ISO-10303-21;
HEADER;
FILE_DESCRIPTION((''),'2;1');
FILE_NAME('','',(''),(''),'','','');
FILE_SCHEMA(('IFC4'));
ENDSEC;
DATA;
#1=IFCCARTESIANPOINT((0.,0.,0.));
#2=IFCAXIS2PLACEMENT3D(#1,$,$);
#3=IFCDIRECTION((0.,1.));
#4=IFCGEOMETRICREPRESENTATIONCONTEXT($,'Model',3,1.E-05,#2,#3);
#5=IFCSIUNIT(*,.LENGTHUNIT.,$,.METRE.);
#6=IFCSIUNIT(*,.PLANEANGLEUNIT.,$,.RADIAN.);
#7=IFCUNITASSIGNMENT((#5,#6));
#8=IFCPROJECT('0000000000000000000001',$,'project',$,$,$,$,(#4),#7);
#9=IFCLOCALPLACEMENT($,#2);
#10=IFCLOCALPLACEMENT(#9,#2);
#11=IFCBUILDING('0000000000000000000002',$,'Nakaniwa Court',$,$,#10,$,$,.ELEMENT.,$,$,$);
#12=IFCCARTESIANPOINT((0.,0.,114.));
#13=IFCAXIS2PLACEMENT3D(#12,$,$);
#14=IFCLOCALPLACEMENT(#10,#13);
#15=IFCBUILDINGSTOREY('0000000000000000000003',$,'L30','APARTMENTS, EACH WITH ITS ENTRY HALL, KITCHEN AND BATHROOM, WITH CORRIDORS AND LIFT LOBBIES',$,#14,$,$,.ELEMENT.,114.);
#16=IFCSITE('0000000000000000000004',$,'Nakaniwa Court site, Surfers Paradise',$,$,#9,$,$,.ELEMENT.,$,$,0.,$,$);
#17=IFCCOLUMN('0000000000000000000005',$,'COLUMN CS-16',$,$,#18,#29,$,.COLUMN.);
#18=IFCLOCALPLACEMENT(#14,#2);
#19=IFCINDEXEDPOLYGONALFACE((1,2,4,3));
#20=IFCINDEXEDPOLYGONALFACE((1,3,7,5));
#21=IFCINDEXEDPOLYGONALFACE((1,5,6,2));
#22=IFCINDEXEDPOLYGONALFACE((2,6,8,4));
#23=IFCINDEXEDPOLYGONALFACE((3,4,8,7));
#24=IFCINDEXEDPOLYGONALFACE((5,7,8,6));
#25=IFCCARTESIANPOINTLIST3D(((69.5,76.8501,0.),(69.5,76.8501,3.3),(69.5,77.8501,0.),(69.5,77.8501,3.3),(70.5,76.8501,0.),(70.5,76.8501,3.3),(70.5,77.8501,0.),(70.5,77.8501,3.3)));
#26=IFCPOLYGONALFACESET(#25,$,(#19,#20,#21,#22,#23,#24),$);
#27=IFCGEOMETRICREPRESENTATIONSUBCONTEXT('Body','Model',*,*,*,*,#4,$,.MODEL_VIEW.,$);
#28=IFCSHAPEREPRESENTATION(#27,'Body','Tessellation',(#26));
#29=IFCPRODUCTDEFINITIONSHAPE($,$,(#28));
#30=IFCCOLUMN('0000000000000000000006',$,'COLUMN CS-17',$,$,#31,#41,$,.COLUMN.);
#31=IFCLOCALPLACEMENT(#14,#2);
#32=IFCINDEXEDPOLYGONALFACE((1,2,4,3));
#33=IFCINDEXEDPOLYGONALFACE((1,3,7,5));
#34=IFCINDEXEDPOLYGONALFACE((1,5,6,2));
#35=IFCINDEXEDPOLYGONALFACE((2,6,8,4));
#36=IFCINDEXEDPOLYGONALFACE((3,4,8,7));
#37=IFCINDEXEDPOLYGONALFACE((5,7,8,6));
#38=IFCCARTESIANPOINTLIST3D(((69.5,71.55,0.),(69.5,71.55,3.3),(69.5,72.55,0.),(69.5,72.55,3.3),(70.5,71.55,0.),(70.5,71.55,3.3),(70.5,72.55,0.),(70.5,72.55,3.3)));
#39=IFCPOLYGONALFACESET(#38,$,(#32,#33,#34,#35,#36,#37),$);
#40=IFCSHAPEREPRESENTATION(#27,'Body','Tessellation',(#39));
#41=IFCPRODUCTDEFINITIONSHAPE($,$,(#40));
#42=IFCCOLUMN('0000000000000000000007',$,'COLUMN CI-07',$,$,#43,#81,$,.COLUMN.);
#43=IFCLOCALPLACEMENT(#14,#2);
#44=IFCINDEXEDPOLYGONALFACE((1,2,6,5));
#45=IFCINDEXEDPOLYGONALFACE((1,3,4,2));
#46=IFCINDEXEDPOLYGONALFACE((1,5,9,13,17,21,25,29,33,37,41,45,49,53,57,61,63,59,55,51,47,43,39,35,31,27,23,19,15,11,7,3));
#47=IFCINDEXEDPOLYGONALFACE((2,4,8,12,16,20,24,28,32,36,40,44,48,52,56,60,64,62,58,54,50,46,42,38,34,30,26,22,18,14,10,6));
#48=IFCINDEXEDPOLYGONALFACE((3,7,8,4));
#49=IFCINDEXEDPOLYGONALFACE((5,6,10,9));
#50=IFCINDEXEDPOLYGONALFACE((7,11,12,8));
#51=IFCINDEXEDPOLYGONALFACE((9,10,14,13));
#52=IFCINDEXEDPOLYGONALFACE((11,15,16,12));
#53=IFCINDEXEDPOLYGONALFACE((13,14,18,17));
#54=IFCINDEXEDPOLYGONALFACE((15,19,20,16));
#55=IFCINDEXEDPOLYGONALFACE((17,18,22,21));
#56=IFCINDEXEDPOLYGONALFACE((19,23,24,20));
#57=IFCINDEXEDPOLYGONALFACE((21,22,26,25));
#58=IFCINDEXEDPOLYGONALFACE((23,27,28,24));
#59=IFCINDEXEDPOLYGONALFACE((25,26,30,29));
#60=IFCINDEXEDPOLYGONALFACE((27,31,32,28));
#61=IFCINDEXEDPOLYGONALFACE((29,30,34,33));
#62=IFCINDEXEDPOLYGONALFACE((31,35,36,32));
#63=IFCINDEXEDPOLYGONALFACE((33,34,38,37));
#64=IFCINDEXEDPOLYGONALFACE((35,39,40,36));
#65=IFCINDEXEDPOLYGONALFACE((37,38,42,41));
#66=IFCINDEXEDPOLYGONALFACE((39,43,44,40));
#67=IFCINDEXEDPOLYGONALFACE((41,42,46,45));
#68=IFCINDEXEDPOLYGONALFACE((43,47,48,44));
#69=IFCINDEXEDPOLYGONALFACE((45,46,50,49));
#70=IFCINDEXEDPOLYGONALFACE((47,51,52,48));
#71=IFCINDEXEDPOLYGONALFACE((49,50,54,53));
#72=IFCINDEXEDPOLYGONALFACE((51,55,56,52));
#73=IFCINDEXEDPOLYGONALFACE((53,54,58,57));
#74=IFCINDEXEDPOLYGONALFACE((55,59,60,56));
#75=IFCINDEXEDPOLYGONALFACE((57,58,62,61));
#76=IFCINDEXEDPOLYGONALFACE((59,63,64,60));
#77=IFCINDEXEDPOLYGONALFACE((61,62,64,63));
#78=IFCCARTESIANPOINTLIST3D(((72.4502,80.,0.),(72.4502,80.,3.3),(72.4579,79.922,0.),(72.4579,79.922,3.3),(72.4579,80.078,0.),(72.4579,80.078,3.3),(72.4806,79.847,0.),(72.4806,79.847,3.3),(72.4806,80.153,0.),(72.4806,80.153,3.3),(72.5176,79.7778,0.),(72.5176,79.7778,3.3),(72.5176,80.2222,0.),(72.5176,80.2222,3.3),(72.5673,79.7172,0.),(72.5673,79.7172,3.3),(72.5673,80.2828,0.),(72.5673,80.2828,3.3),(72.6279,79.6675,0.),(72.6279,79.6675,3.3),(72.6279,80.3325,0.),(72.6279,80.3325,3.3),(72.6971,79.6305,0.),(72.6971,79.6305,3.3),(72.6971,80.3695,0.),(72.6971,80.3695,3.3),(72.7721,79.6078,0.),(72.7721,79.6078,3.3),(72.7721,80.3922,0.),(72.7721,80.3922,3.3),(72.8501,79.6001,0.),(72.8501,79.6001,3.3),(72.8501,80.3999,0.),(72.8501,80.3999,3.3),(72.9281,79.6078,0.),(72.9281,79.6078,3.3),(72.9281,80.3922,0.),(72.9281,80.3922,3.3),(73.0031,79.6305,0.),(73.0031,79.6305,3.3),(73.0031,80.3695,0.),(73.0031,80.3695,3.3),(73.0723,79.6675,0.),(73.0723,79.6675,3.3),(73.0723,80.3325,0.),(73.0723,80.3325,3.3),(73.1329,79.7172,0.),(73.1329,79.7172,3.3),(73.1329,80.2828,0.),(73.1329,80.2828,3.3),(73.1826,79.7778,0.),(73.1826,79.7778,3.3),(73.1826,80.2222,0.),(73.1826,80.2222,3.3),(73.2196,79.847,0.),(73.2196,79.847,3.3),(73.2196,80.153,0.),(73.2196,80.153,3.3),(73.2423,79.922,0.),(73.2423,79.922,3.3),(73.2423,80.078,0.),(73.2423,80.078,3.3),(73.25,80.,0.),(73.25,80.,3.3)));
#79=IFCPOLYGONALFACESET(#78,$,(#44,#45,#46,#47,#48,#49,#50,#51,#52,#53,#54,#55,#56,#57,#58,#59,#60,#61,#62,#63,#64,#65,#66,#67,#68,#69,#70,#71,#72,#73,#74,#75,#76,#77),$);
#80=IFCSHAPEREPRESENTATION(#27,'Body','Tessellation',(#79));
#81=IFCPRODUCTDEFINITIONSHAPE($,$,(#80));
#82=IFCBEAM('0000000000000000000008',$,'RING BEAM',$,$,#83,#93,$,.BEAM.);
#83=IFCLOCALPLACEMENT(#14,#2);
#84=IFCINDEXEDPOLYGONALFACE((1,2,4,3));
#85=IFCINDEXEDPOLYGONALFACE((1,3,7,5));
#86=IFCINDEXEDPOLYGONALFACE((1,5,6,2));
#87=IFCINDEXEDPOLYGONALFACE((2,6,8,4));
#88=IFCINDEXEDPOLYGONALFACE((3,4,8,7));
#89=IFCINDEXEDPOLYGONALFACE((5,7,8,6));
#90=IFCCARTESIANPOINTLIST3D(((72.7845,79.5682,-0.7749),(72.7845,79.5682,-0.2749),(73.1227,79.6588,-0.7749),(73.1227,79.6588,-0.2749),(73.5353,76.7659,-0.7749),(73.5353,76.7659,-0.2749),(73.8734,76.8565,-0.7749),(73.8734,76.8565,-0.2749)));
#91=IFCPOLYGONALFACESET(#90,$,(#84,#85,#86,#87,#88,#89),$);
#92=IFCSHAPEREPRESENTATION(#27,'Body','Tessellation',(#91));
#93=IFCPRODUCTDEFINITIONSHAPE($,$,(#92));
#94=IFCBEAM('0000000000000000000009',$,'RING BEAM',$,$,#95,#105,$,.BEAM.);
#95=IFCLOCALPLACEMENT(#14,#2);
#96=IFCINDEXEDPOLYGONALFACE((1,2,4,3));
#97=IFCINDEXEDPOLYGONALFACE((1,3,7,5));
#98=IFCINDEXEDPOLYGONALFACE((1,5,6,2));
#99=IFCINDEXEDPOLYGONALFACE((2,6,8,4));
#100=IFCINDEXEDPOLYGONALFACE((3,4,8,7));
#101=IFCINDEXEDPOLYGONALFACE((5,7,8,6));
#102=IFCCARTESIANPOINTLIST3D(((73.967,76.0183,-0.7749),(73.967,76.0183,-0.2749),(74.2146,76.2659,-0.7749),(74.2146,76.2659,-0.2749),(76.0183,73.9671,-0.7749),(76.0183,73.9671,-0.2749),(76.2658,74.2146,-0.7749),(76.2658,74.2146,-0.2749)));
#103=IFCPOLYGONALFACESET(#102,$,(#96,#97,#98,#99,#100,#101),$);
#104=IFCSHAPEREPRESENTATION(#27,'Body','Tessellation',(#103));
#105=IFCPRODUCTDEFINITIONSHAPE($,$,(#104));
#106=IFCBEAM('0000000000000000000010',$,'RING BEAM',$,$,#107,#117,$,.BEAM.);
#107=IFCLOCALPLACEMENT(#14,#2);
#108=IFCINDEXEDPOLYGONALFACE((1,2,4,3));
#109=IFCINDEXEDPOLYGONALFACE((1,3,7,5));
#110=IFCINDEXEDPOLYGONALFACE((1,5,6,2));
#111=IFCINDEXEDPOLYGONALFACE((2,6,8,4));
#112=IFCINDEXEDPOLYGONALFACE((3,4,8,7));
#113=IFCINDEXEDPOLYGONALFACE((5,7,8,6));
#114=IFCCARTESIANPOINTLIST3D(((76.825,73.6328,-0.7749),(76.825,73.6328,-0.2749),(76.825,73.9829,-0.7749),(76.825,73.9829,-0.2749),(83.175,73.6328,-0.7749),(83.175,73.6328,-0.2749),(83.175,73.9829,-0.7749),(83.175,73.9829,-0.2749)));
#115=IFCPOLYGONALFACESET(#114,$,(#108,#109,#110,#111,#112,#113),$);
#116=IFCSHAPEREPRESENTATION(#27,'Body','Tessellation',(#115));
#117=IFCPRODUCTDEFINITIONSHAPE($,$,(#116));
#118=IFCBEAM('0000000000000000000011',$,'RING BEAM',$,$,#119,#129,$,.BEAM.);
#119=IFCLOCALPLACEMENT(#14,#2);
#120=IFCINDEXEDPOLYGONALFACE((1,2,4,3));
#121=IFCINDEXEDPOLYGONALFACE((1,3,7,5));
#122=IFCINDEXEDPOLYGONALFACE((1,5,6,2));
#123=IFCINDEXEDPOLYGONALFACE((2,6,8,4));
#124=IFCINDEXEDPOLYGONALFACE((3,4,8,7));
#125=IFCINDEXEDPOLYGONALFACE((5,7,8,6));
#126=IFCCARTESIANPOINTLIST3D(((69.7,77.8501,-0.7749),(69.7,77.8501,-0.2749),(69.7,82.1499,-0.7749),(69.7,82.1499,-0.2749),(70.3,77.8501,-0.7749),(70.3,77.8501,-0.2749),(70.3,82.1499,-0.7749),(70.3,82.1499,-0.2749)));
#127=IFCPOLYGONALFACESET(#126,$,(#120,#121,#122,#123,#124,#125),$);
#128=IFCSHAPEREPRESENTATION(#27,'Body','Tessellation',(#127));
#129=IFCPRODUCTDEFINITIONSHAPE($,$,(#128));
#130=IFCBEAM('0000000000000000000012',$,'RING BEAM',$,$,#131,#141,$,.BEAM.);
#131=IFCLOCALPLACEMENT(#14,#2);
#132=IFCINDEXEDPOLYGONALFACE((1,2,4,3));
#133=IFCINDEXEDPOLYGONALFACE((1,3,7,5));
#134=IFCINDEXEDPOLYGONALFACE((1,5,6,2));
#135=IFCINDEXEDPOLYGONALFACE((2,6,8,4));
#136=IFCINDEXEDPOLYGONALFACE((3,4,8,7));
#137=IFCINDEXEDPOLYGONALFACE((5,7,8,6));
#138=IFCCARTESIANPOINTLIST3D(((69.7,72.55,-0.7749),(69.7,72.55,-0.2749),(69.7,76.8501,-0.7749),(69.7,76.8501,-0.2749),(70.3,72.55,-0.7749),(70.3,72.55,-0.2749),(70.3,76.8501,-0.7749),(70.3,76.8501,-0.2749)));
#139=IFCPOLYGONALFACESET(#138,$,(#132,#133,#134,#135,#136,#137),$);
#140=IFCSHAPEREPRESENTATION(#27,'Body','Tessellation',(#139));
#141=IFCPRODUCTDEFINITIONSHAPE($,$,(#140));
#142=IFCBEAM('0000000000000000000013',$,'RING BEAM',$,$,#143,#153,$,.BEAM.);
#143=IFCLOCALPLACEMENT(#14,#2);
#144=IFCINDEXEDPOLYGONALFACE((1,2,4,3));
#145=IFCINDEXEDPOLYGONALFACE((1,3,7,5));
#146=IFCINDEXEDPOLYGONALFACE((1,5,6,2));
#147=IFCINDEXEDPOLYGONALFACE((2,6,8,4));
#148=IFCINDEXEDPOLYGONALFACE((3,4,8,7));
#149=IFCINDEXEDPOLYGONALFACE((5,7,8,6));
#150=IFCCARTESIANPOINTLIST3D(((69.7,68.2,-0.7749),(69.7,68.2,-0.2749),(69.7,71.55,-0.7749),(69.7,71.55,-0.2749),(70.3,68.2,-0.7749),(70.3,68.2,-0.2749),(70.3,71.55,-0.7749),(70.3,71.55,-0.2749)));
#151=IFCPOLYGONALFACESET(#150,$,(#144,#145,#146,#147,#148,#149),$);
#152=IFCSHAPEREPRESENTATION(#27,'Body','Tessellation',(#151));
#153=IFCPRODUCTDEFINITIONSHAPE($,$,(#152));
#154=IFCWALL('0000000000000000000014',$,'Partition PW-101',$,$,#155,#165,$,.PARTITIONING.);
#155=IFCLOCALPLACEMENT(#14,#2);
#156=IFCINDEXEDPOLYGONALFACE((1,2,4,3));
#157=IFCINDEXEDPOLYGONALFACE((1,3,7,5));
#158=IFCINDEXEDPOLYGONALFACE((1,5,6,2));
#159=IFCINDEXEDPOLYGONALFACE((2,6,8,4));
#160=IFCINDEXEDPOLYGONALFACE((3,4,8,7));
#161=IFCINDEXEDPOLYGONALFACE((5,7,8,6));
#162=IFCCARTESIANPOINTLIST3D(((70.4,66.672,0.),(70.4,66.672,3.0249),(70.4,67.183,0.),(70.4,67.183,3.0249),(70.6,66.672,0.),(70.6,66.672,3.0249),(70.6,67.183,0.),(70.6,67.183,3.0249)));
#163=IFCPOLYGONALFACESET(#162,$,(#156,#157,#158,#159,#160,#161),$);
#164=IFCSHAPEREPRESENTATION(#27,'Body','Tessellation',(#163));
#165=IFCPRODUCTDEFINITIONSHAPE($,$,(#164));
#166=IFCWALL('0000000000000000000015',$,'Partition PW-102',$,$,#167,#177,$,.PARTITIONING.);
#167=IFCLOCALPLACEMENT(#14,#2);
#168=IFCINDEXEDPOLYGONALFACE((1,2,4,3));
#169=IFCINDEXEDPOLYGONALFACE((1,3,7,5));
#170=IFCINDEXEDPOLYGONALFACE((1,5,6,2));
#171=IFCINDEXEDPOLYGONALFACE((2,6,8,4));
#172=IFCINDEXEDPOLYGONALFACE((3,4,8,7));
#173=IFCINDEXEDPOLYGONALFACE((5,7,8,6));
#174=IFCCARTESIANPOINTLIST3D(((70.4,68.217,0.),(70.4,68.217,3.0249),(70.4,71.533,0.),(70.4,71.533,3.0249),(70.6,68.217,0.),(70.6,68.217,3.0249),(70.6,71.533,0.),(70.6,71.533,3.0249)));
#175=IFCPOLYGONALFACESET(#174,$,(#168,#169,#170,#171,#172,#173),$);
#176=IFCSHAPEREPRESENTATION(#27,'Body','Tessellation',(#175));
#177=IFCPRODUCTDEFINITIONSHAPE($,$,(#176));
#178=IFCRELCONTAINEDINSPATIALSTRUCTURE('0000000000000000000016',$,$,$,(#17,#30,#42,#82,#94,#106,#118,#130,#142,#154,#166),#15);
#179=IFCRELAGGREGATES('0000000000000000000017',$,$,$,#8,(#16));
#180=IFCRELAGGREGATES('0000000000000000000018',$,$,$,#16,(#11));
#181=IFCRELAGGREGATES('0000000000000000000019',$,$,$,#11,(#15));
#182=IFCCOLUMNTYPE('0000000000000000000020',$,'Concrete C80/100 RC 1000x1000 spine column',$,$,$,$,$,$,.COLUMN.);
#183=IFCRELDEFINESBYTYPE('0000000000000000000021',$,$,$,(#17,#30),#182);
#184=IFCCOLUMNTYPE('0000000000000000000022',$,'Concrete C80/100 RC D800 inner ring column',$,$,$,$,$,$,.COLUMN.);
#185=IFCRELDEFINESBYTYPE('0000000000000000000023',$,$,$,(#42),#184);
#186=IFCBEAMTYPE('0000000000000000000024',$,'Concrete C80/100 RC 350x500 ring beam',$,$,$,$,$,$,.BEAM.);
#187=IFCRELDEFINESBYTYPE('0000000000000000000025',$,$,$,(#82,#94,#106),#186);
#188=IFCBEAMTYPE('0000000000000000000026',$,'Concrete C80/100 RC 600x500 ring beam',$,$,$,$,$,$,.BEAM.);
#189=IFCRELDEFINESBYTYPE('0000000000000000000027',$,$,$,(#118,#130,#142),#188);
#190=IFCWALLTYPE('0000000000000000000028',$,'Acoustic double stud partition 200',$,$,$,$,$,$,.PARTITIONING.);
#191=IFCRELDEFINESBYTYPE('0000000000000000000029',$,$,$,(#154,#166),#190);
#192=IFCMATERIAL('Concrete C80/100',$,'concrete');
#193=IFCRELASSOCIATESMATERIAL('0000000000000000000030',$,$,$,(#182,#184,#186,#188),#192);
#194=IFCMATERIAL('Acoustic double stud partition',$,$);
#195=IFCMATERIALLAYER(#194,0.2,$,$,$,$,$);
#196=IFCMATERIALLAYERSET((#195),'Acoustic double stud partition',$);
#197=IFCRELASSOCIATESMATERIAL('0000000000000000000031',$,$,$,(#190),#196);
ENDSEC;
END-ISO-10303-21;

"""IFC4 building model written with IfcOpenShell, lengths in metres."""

from ifc_helpers import new_model, si_unit, direction, frame, frame_2d, origin, origin_2d, place, context, subcontext, project, spatial, rectangle, circle, extrude, material, layer, layer_set, material_profile, profile_set, type_object, element, save


model = new_model("IFC4")

# Units and contexts
model_context = context("Model", 3, precision=1e-05, world=origin(), true_north=direction((0.0, 1.0)))
body_context = subcontext(model_context, "Body", "Model", "MODEL_VIEW")
ifc_project = project(units=[si_unit("LENGTHUNIT", "METRE"), si_unit("PLANEANGLEUNIT", "RADIAN")], contexts=[model_context])

# Site, building, storey
site_placement = place(None, origin())
site = spatial("IfcSite", under=ifc_project, at=site_placement, Name="Nakaniwa Court site, Surfers Paradise", CompositionType="ELEMENT", RefElevation=0.0)
building_placement = place(site_placement, origin())
building = spatial("IfcBuilding", under=site, at=building_placement, Name="Nakaniwa Court", CompositionType="ELEMENT")
storey_placement = place(building_placement, frame((0.0, 0.0, 114.0)))
storey = spatial("IfcBuildingStorey", under=building, at=storey_placement, Name="L30", Description="APARTMENTS, EACH WITH ITS ENTRY HALL, KITCHEN AND BATHROOM, WITH CORRIDORS AND LIFT LOBBIES", CompositionType="ELEMENT", Elevation=114.0)

# Columns
ifc_material_1 = material(Name="Concrete C80/100", Category="concrete")
ifc_material_profile_1 = material_profile(ifc_material_1, rectangle(XDim=1.0, YDim=1.0, at=origin_2d()), Name="Concrete C80/100 RC 1000x1000 spine column")
ifc_profile_set_1 = profile_set([ifc_material_profile_1], Name="Concrete C80/100")
column_type_1 = type_object("IfcColumnType", Name="Concrete C80/100 RC 1000x1000 spine column", PredefinedType="COLUMN", material=ifc_profile_set_1)
for number, where, z_axis, x_axis, name in (
    (1, (70.0, 77.3501, 0.0), (0.0, 0.0, 1.0), (0.0, -1.0, 0.0), "COLUMN CS-16"),
    (2, (70.0, 72.05, 0.0), (0.0, 0.0, 1.0), (0.0, -1.0, 0.0), "COLUMN CS-17"),
):
    element("IfcColumn", number, at=place(storey_placement, frame(where, z_axis=z_axis, x_axis=x_axis)), inside=storey, type_object=column_type_1, Name=name, PredefinedType="COLUMN", context=body_context, shape_type="SweptSolid", body=[
        extrude(rectangle(XDim=1.0, YDim=1.0, at=origin_2d()), origin(), (0.0, 0.0, 1.0), 3.3),
    ])
ifc_material_profile_2 = material_profile(ifc_material_1, circle(Radius=0.3999, at=origin_2d()), Name="Concrete C80/100 RC D800 inner ring column")
ifc_profile_set_2 = profile_set([ifc_material_profile_2], Name="Concrete C80/100")
column_type_2 = type_object("IfcColumnType", Name="Concrete C80/100 RC D800 inner ring column", PredefinedType="COLUMN", material=ifc_profile_set_2)
for number, where, z_axis, x_axis, name in (
    (3, (72.8501, 80.0, 0.0), (0.0, 0.0, 1.0), (0.0, -1.0, 0.0), "COLUMN CI-07"),
):
    element("IfcColumn", number, at=place(storey_placement, frame(where, z_axis=z_axis, x_axis=x_axis)), inside=storey, type_object=column_type_2, Name=name, PredefinedType="COLUMN", context=body_context, shape_type="SweptSolid", body=[
        extrude(circle(Radius=0.3999, at=origin_2d()), origin(), (0.0, 0.0, 1.0), 3.3),
    ])

# Beams
ifc_material_profile_3 = material_profile(ifc_material_1, rectangle(XDim=0.3501, YDim=0.5, at=origin_2d()), Name="Concrete C80/100 RC 350x500 ring beam")
ifc_profile_set_3 = profile_set([ifc_material_profile_3], Name="Concrete C80/100")
beam_type_1 = type_object("IfcBeamType", Name="Concrete C80/100 RC 350x500 ring beam", PredefinedType="BEAM", material=ifc_profile_set_3)
beam_1_placement = place(storey_placement, frame((72.9536, 79.6135, -0.5249), z_axis=(0.258778, -0.965937, 0.0), x_axis=(0.965937, 0.258778, 0.0)))
element("IfcBeam", 4, at=beam_1_placement, inside=storey, type_object=beam_type_1, Name="RING BEAM", PredefinedType="BEAM", context=body_context, shape_type="SweptSolid", body=[
    extrude(rectangle(XDim=0.3501, YDim=0.5, at=origin_2d()), origin(), (0.0, 0.0, 1.0), 2.9011),
])
beam_2_placement = place(storey_placement, frame((74.0908, 76.1421, -0.5249), z_axis=(0.707107, -0.707107, 0.0), x_axis=(0.707107, 0.707107, 0.0)))
element("IfcBeam", 5, at=beam_2_placement, inside=storey, type_object=beam_type_1, Name="RING BEAM", PredefinedType="BEAM", context=body_context, shape_type="SweptSolid", body=[
    extrude(rectangle(XDim=0.3501, YDim=0.5, at=origin_2d()), origin(), (0.0, 0.0, 1.0), 2.9009),
])
beam_3_placement = place(storey_placement, frame((76.825, 73.8079, -0.5249), z_axis=(1.0, 0.0, 0.0), x_axis=(0.0, 1.0, 0.0)))
element("IfcBeam", 6, at=beam_3_placement, inside=storey, type_object=beam_type_1, Name="RING BEAM", PredefinedType="BEAM", context=body_context, shape_type="SweptSolid", body=[
    extrude(rectangle(XDim=0.3501, YDim=0.5, at=origin_2d()), origin(), (0.0, 0.0, 1.0), 6.3501),
])
ifc_material_profile_4 = material_profile(ifc_material_1, rectangle(XDim=0.6001, YDim=0.5, at=origin_2d()), Name="Concrete C80/100 RC 600x500 ring beam")
ifc_profile_set_4 = profile_set([ifc_material_profile_4], Name="Concrete C80/100")
beam_type_2 = type_object("IfcBeamType", Name="Concrete C80/100 RC 600x500 ring beam", PredefinedType="BEAM", material=ifc_profile_set_4)
beam_4_placement = place(storey_placement, frame((70.0, 82.1499, -0.5249), z_axis=(0.0, -1.0, 0.0), x_axis=(1.0, 0.0, 0.0)))
element("IfcBeam", 7, at=beam_4_placement, inside=storey, type_object=beam_type_2, Name="RING BEAM", PredefinedType="BEAM", context=body_context, shape_type="SweptSolid", body=[
    extrude(rectangle(XDim=0.6001, YDim=0.5, at=origin_2d()), origin(), (0.0, 0.0, 1.0), 4.2998),
])
beam_5_placement = place(storey_placement, frame((70.0, 76.8501, -0.5249), z_axis=(0.0, -1.0, 0.0), x_axis=(1.0, 0.0, 0.0)))
element("IfcBeam", 8, at=beam_5_placement, inside=storey, type_object=beam_type_2, Name="RING BEAM", PredefinedType="BEAM", context=body_context, shape_type="SweptSolid", body=[
    extrude(rectangle(XDim=0.6001, YDim=0.5, at=origin_2d()), origin(), (0.0, 0.0, 1.0), 4.3),
])
beam_6_placement = place(storey_placement, frame((70.0, 71.55, -0.5249), z_axis=(0.0, -1.0, 0.0), x_axis=(1.0, 0.0, 0.0)))
element("IfcBeam", 9, at=beam_6_placement, inside=storey, type_object=beam_type_2, Name="RING BEAM", PredefinedType="BEAM", context=body_context, shape_type="SweptSolid", body=[
    extrude(rectangle(XDim=0.6001, YDim=0.5, at=origin_2d()), origin(), (0.0, 0.0, 1.0), 3.3501),
])

# Walls
ifc_material_2 = material(Name="Acoustic double stud partition")
ifc_layer_1 = layer(ifc_material_2, 0.2)
ifc_layer_set_1 = layer_set([ifc_layer_1], Name="Acoustic double stud partition")
wall_type_1 = type_object("IfcWallType", Name="Acoustic double stud partition 200", PredefinedType="PARTITIONING", material=ifc_layer_set_1)
wall_1_placement = place(storey_placement, frame((70.5, 66.6721, 0.0), z_axis=(0.0, 0.0, 1.0), x_axis=(0.0, 1.0, 0.0)))
element("IfcWall", 10, at=wall_1_placement, inside=storey, type_object=wall_type_1, Name="Partition PW-101", PredefinedType="PARTITIONING", context=body_context, shape_type="SweptSolid", body=[
    extrude(rectangle(XDim=0.511, YDim=0.2, at=frame_2d((0.2554, 0.0))), origin(), (0.0, 0.0, 1.0), 3.0249),
])
wall_2_placement = place(storey_placement, frame((70.5, 68.217, 0.0), z_axis=(0.0, 0.0, 1.0), x_axis=(0.0, 1.0, 0.0)))
element("IfcWall", 11, at=wall_2_placement, inside=storey, type_object=wall_type_1, Name="Partition PW-102", PredefinedType="PARTITIONING", context=body_context, shape_type="SweptSolid", body=[
    extrude(rectangle(XDim=3.3159, YDim=0.2, at=frame_2d((1.658, 0.0))), origin(), (0.0, 0.0, 1.0), 3.0249),
])

save(model, "model.ifc")
